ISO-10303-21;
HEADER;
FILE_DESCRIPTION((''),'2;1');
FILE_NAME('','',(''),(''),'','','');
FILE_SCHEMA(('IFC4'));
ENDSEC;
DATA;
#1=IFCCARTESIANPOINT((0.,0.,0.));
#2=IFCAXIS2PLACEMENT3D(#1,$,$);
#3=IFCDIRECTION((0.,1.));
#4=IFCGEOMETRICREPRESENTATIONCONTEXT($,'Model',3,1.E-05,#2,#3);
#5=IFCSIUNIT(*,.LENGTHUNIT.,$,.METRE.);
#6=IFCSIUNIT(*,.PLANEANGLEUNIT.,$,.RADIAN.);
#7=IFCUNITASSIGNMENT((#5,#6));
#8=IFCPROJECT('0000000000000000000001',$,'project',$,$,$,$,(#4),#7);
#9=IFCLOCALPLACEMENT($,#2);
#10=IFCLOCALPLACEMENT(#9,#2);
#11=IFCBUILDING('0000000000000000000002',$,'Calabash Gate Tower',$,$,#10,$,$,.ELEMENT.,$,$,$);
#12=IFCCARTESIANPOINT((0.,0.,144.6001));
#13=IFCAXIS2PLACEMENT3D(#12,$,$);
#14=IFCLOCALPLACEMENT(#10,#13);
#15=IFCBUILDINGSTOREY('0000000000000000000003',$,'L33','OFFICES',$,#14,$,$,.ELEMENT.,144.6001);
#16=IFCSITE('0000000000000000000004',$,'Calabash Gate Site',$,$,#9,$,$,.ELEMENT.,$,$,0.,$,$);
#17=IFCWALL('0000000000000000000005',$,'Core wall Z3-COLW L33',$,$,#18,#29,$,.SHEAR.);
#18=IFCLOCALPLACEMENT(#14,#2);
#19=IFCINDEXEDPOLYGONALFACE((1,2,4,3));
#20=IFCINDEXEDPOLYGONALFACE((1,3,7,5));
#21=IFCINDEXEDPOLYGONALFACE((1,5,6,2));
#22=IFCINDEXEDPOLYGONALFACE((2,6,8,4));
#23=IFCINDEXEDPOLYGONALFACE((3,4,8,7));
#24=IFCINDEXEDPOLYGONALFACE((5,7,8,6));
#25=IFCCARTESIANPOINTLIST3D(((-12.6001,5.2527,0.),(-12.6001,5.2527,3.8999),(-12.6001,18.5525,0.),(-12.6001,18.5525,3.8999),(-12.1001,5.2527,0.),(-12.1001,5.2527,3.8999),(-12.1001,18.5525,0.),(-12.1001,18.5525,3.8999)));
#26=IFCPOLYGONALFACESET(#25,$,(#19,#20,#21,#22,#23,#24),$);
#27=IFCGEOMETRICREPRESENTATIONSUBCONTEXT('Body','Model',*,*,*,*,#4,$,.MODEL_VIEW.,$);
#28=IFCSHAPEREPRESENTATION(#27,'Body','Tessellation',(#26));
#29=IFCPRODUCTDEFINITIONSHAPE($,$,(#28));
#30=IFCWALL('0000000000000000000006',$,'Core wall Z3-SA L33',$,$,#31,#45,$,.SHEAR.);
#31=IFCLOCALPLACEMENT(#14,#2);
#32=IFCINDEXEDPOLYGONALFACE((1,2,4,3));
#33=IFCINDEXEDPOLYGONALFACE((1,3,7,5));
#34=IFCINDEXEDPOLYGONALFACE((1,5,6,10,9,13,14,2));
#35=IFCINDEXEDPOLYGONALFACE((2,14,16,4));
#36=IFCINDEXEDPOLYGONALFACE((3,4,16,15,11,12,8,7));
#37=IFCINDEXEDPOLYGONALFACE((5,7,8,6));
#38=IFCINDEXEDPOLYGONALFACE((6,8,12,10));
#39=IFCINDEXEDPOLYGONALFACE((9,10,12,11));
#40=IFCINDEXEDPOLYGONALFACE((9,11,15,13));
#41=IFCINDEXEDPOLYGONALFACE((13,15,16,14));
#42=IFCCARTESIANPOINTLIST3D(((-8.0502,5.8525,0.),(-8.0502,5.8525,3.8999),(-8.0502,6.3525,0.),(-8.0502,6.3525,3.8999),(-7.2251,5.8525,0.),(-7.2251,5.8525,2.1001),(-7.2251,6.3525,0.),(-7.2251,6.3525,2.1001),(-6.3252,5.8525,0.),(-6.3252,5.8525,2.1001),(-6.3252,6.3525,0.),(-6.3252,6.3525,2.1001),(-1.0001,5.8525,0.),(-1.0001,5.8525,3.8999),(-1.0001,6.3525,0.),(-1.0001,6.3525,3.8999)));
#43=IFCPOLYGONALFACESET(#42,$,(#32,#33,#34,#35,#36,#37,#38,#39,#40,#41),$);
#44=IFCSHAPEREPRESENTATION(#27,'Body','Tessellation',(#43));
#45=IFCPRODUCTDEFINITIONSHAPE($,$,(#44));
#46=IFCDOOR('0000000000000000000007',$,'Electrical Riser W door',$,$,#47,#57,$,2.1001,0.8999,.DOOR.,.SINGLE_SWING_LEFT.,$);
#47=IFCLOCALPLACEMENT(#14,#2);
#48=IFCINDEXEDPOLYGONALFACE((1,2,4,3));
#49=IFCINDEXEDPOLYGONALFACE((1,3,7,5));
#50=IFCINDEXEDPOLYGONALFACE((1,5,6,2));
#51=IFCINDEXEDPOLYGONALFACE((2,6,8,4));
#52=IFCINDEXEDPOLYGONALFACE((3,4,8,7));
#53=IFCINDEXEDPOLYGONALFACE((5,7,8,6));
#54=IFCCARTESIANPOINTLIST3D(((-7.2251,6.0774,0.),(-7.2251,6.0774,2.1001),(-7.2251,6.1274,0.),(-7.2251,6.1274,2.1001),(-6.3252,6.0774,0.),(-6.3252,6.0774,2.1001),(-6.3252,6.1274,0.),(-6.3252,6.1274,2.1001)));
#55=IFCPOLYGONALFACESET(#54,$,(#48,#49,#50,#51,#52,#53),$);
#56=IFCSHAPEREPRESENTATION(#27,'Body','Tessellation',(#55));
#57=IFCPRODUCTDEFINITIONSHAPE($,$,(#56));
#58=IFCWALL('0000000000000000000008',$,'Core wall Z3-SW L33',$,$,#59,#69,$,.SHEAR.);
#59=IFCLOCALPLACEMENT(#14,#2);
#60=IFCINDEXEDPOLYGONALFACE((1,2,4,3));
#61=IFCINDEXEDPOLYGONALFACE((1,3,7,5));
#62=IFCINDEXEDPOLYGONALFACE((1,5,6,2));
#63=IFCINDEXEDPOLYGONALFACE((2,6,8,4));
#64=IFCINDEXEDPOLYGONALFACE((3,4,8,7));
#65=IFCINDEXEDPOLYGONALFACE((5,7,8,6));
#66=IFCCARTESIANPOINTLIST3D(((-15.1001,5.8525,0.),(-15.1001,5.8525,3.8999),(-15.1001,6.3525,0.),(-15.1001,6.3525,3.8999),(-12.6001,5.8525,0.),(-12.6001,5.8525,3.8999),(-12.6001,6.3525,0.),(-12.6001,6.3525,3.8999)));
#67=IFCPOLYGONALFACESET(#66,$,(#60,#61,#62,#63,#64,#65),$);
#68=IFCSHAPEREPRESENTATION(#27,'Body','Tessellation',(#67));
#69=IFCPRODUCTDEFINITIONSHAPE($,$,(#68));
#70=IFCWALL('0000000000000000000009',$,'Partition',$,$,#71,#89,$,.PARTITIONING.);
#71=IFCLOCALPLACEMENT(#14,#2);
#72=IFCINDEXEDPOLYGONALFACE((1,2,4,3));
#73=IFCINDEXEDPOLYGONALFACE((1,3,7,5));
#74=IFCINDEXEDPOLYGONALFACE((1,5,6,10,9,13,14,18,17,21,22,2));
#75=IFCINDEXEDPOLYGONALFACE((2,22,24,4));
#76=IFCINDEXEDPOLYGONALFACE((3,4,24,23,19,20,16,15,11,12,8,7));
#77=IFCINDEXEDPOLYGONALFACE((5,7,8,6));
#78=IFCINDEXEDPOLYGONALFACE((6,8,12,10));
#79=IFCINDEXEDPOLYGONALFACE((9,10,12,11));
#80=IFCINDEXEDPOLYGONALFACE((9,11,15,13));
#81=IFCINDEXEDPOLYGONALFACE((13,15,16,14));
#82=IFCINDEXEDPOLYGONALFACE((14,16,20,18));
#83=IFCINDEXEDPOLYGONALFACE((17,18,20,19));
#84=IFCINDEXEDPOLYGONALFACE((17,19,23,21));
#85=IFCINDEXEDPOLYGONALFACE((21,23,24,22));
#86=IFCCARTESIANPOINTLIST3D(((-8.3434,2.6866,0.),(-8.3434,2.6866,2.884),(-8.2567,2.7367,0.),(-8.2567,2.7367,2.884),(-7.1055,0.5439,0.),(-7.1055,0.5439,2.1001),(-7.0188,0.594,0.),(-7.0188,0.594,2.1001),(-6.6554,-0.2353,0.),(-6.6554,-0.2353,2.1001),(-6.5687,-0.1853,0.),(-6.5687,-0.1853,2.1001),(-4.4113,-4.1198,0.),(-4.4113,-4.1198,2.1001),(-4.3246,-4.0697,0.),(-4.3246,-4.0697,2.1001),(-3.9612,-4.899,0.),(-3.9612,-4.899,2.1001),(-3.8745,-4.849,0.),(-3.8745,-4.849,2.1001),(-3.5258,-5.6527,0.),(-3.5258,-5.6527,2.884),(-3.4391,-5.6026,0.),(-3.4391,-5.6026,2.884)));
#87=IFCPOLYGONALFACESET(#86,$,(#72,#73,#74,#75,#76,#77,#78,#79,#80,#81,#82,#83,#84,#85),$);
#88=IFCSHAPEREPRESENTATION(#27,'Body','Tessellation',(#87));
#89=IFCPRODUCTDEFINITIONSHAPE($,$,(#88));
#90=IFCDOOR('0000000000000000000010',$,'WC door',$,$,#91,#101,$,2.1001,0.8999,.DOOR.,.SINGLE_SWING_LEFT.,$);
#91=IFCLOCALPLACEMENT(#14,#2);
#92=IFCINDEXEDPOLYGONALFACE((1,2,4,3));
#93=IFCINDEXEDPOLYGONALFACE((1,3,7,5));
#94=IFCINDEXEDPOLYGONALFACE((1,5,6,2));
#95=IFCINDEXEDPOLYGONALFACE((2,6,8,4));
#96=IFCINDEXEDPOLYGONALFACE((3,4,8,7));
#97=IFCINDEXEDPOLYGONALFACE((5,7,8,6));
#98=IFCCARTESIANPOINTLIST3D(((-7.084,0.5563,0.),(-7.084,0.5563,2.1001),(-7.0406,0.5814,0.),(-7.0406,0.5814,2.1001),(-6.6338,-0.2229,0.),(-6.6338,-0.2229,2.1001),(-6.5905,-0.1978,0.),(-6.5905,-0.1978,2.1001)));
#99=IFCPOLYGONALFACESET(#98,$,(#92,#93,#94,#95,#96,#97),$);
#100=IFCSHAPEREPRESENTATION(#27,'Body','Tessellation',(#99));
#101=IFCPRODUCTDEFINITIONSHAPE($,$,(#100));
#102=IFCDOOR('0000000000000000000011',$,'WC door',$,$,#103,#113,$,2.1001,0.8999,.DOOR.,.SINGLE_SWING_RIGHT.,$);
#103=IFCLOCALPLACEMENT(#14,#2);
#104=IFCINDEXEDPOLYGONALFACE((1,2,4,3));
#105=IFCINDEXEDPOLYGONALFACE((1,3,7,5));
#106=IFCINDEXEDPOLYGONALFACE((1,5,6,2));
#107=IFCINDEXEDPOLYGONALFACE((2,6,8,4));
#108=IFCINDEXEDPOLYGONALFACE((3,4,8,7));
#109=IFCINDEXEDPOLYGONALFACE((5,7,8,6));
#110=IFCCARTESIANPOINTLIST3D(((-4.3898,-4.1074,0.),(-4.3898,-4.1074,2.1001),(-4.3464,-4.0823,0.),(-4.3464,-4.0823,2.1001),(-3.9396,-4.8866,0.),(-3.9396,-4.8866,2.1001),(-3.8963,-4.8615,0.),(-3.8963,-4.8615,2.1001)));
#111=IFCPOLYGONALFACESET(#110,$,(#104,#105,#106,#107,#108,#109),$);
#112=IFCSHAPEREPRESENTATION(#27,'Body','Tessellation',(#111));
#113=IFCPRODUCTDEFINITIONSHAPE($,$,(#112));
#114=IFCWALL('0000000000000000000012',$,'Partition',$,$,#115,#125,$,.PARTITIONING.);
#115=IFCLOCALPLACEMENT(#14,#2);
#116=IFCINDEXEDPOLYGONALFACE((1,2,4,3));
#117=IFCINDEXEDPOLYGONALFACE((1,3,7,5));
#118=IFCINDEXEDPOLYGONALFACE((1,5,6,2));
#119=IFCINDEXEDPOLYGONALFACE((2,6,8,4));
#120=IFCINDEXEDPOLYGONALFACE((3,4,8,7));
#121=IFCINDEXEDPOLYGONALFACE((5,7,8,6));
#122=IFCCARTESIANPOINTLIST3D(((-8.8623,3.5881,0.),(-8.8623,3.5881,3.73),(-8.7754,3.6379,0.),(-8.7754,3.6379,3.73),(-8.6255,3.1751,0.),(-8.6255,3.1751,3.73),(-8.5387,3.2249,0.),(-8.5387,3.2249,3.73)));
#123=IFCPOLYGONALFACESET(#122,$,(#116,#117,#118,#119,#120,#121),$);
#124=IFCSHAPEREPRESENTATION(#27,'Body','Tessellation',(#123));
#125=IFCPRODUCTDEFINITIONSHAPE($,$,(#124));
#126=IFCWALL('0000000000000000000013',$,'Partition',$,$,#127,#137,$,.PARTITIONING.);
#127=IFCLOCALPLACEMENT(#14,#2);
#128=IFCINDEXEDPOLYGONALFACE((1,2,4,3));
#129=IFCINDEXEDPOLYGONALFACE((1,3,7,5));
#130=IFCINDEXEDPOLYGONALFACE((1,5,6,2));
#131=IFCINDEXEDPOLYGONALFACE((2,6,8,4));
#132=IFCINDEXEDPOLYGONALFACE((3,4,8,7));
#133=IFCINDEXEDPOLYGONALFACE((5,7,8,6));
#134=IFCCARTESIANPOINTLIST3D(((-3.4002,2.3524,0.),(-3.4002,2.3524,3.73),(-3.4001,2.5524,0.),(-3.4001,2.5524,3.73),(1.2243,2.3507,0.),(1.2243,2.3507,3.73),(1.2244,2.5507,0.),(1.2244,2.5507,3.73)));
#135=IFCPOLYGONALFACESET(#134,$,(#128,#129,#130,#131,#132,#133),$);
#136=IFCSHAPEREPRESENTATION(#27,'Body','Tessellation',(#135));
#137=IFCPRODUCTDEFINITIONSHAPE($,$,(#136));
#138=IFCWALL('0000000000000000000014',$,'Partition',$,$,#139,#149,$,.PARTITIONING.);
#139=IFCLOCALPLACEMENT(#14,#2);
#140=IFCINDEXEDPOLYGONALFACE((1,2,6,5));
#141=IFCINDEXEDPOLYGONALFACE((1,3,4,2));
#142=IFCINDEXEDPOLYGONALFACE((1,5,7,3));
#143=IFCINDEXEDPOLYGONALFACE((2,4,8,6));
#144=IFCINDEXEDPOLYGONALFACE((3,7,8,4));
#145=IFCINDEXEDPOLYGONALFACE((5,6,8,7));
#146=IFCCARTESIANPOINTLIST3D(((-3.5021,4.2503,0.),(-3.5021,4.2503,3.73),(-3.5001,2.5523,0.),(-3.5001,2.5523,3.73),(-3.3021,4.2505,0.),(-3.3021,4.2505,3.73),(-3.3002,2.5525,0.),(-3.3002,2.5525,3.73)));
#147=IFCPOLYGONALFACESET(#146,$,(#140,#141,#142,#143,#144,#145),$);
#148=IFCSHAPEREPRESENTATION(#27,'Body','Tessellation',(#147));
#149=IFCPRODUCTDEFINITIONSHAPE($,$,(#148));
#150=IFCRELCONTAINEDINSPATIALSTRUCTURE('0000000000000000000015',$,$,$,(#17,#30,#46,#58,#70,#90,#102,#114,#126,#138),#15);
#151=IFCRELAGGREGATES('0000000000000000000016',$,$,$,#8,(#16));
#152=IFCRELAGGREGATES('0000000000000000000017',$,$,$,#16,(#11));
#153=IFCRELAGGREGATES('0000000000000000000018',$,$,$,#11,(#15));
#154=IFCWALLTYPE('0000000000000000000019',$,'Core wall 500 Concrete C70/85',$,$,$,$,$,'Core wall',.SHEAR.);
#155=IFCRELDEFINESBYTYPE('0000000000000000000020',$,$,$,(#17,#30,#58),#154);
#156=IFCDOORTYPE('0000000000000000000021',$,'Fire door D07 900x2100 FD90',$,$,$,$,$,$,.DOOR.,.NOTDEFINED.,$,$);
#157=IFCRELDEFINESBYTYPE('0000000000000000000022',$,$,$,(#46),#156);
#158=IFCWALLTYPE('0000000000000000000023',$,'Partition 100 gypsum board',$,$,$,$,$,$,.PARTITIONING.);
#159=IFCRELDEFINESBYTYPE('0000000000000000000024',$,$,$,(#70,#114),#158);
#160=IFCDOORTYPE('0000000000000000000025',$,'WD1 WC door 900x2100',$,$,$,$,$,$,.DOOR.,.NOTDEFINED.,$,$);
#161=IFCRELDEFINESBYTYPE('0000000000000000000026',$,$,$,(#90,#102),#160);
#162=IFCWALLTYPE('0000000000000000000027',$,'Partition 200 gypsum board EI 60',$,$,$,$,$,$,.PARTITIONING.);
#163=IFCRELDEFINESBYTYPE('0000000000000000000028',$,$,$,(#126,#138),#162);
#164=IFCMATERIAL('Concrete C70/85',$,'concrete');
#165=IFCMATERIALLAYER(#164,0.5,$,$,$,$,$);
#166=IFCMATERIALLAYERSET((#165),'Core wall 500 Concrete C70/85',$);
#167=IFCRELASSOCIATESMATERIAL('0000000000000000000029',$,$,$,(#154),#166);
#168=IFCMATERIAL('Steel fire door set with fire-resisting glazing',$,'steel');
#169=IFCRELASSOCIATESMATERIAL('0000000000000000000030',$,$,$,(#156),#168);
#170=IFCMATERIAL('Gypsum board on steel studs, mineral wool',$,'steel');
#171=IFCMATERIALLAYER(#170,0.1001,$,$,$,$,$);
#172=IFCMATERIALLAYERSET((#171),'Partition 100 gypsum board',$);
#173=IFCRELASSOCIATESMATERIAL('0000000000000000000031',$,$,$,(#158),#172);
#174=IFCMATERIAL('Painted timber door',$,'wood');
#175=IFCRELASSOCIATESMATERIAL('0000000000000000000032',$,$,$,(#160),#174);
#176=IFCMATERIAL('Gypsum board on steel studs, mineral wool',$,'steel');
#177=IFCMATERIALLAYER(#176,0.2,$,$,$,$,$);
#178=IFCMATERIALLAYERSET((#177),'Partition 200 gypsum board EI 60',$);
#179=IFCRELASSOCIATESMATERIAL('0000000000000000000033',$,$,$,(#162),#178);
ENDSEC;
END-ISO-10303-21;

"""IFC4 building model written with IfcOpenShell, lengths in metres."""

from ifc_helpers import new_model, si_unit, direction, frame, frame_2d, origin, place, context, subcontext, project, spatial, rectangle, extrude, material, layer, layer_set, type_object, element, fill, save


model = new_model("IFC4")

# Units and contexts
model_context = context("Model", 3, precision=1e-05, world=origin(), true_north=direction((0.0, 1.0)))
body_context = subcontext(model_context, "Body", "Model", "MODEL_VIEW")
ifc_project = project(units=[si_unit("LENGTHUNIT", "METRE"), si_unit("PLANEANGLEUNIT", "RADIAN")], contexts=[model_context])

# Site, building, storey
site_placement = place(None, origin())
site = spatial("IfcSite", under=ifc_project, at=site_placement, Name="Calabash Gate Site", CompositionType="ELEMENT", RefElevation=0.0)
building_placement = place(site_placement, origin())
building = spatial("IfcBuilding", under=site, at=building_placement, Name="Calabash Gate Tower", CompositionType="ELEMENT")
storey_placement = place(building_placement, frame((0.0, 0.0, 144.6001)))
storey = spatial("IfcBuildingStorey", under=building, at=storey_placement, Name="L33", Description="OFFICES", CompositionType="ELEMENT", Elevation=144.6001)

# Wall
ifc_material_1 = material(Name="Concrete C70/85", Category="concrete")
ifc_layer_1 = layer(ifc_material_1, 0.5)
ifc_layer_set_1 = layer_set([ifc_layer_1], Name="Core wall 500 Concrete C70/85")
wall_type_1 = type_object("IfcWallType", Name="Core wall 500 Concrete C70/85", ElementType="Core wall", PredefinedType="SHEAR", material=ifc_layer_set_1)
wall_1_placement = place(storey_placement, frame((-12.3501, 5.2527, 0.0), z_axis=(0.0, 0.0, 1.0), x_axis=(0.0, 1.0, 0.0)))
element("IfcWall", 1, at=wall_1_placement, inside=storey, type_object=wall_type_1, Name="Core wall Z3-COLW L33", PredefinedType="SHEAR", context=body_context, shape_type="SweptSolid", body=[
    extrude(rectangle(XDim=13.2998, YDim=0.5, at=frame_2d((6.6499, 0.0))), origin(), (0.0, 0.0, 1.0), 3.8999),
])

# Wall, opening, door
wall_2_placement = place(storey_placement, frame((-8.05, 6.1025, 0.0), z_axis=(0.0, 0.0, 1.0), x_axis=(1.0, 0.0, 0.0)))
wall_2 = element("IfcWall", 2, at=wall_2_placement, inside=storey, type_object=wall_type_1, Name="Core wall Z3-SA L33", PredefinedType="SHEAR", context=body_context, shape_type="SweptSolid", body=[
    extrude(rectangle(XDim=7.05, YDim=0.5, at=frame_2d((3.5249, 0.0))), origin(), (0.0, 0.0, 1.0), 3.8999),
])
opening_1_placement = place(wall_2_placement, frame((0.825, 0.0, 0.0)))
opening_1 = element("IfcOpeningElement", 3, at=opening_1_placement, cuts=wall_2, PredefinedType="OPENING", context=body_context, shape_type="SweptSolid", body=[
    extrude(rectangle(XDim=0.8999, YDim=2.1001, at=frame_2d((0.45, 1.05))), frame((0.0, 0.26, 0.0), z_axis=(0.0, -1.0, 0.0), x_axis=(1.0, 0.0, 0.0)), (0.0, 0.0, 1.0), 0.52),
])
ifc_material_2 = material(Name="Steel fire door set with fire-resisting glazing", Category="steel")
door_type_1 = type_object("IfcDoorType", Name="Fire door D07 900x2100 FD90", OperationType="NOTDEFINED", PredefinedType="DOOR", material=ifc_material_2)
door_1_placement = place(opening_1_placement, origin())
door_1 = element("IfcDoor", 4, at=door_1_placement, inside=storey, type_object=door_type_1, Name="Electrical Riser W door", OperationType="SINGLE_SWING_LEFT", OverallHeight=2.1001, OverallWidth=0.8999, PredefinedType="DOOR", context=body_context, shape_type="SweptSolid", body=[
    extrude(rectangle(XDim=0.8999, YDim=2.1001, at=frame_2d((0.45, 1.05))), frame((0.0, 0.0249, 0.0), z_axis=(0.0, -1.0, 0.0), x_axis=(1.0, 0.0, 0.0)), (0.0, 0.0, 1.0), 0.05),
])
fill(opening_1, door_1)

# Wall
wall_3_placement = place(storey_placement, frame((-12.6001, 6.1025, 0.0), z_axis=(0.0, 0.0, 1.0), x_axis=(-1.0, 0.0, 0.0)))
element("IfcWall", 5, at=wall_3_placement, inside=storey, type_object=wall_type_1, Name="Core wall Z3-SW L33", PredefinedType="SHEAR", context=body_context, shape_type="SweptSolid", body=[
    extrude(rectangle(XDim=2.5, YDim=0.5, at=frame_2d((1.25, 0.0))), origin(), (0.0, 0.0, 1.0), 3.8999),
])

# Wall, openings, doors
ifc_material_3 = material(Name="Gypsum board on steel studs, mineral wool", Category="steel")
ifc_layer_2 = layer(ifc_material_3, 0.1001)
ifc_layer_set_2 = layer_set([ifc_layer_2], Name="Partition 100 gypsum board")
wall_type_2 = type_object("IfcWallType", Name="Partition 100 gypsum board", PredefinedType="PARTITIONING", material=ifc_layer_set_2)
wall_4_placement = place(storey_placement, frame((-8.3, 2.7117, 0.0), z_axis=(0.0, 0.0, 1.0), x_axis=(0.500226, -0.865895, 0.0)))
wall_4 = element("IfcWall", 6, at=wall_4_placement, inside=storey, type_object=wall_type_2, Name="Partition", PredefinedType="PARTITIONING", context=body_context, shape_type="SweptSolid", body=[
    extrude(rectangle(XDim=9.6309, YDim=0.1001, at=frame_2d((4.8154, 0.0))), origin(), (0.0, 0.0, 1.0), 2.884),
])
opening_2_placement = place(wall_4_placement, frame((2.4746, 0.0, 0.0)))
opening_2 = element("IfcOpeningElement", 7, at=opening_2_placement, cuts=wall_4, PredefinedType="OPENING", context=body_context, shape_type="SweptSolid", body=[
    extrude(rectangle(XDim=0.8999, YDim=2.1001, at=frame_2d((0.45, 1.05))), frame((0.0, 0.0601, 0.0), z_axis=(0.0, -1.0, 0.0), x_axis=(1.0, 0.0, 0.0)), (0.0, 0.0, 1.0), 0.1201),
])
opening_3_placement = place(wall_4_placement, frame((7.8606, 0.0, 0.0)))
opening_3 = element("IfcOpeningElement", 8, at=opening_3_placement, cuts=wall_4, PredefinedType="OPENING", context=body_context, shape_type="SweptSolid", body=[
    extrude(rectangle(XDim=0.8999, YDim=2.1001, at=frame_2d((0.45, 1.05))), frame((0.0, 0.0601, 0.0), z_axis=(0.0, -1.0, 0.0), x_axis=(1.0, 0.0, 0.0)), (0.0, 0.0, 1.0), 0.1201),
])
ifc_material_4 = material(Name="Painted timber door", Category="wood")
door_type_2 = type_object("IfcDoorType", Name="WD1 WC door 900x2100", OperationType="NOTDEFINED", PredefinedType="DOOR", material=ifc_material_4)
door_2_placement = place(opening_2_placement, origin())
door_2 = element("IfcDoor", 9, at=door_2_placement, inside=storey, type_object=door_type_2, Name="WC door", OperationType="SINGLE_SWING_LEFT", OverallHeight=2.1001, OverallWidth=0.8999, PredefinedType="DOOR", context=body_context, shape_type="SweptSolid", body=[
    extrude(rectangle(XDim=0.8999, YDim=2.1001, at=frame_2d((0.45, 1.05))), frame((0.0, 0.0249, 0.0), z_axis=(0.0, -1.0, 0.0), x_axis=(1.0, 0.0, 0.0)), (0.0, 0.0, 1.0), 0.05),
])
fill(opening_2, door_2)
door_3_placement = place(opening_3_placement, origin())
door_3 = element("IfcDoor", 10, at=door_3_placement, inside=storey, type_object=door_type_2, Name="WC door", OperationType="SINGLE_SWING_RIGHT", OverallHeight=2.1001, OverallWidth=0.8999, PredefinedType="DOOR", context=body_context, shape_type="SweptSolid", body=[
    extrude(rectangle(XDim=0.8999, YDim=2.1001, at=frame_2d((0.45, 1.05))), frame((0.0, 0.0249, 0.0), z_axis=(0.0, -1.0, 0.0), x_axis=(1.0, 0.0, 0.0)), (0.0, 0.0, 1.0), 0.05),
])
fill(opening_3, door_3)

# Wall
wall_5_placement = place(storey_placement, frame((-8.8188, 3.613, 0.0), z_axis=(0.0, 0.0, 1.0), x_axis=(0.497353, -0.867548, 0.0)))
element("IfcWall", 11, at=wall_5_placement, inside=storey, type_object=wall_type_2, Name="Partition", PredefinedType="PARTITIONING", context=body_context, shape_type="SweptSolid", body=[
    extrude(rectangle(XDim=0.4761, YDim=0.1001, at=frame_2d((0.238, 0.0))), origin(), (0.0, 0.0, 1.0), 3.73),
])

# Shared definitions
ifc_material_5 = material(Name="Gypsum board on steel studs, mineral wool", Category="steel")
ifc_layer_3 = layer(ifc_material_5, 0.2)
ifc_layer_set_3 = layer_set([ifc_layer_3], Name="Partition 200 gypsum board EI 60")
wall_type_3 = type_object("IfcWallType", Name="Partition 200 gypsum board EI 60", PredefinedType="PARTITIONING", material=ifc_layer_set_3)

# Walls
wall_6_placement = place(storey_placement, frame((-3.4001, 2.4524, 0.0), z_axis=(0.0, 0.0, 1.0), x_axis=(1.0, -0.00037, 0.0)))
element("IfcWall", 12, at=wall_6_placement, inside=storey, type_object=wall_type_3, Name="Partition", PredefinedType="PARTITIONING", context=body_context, shape_type="SweptSolid", body=[
    extrude(rectangle(XDim=4.6245, YDim=0.2, at=frame_2d((2.3123, 0.0))), origin(), (0.0, 0.0, 1.0), 3.73),
])
wall_7_placement = place(storey_placement, frame((-3.4021, 4.2505, 0.0), z_axis=(0.0, 0.0, 1.0), x_axis=(0.00115, -0.999999, 0.0)))
element("IfcWall", 13, at=wall_7_placement, inside=storey, type_object=wall_type_3, Name="Partition", PredefinedType="PARTITIONING", context=body_context, shape_type="SweptSolid", body=[
    extrude(rectangle(XDim=1.698, YDim=0.2, at=frame_2d((0.8491, 0.0))), origin(), (0.0, 0.0, 1.0), 3.73),
])

save(model, "model.ifc")
